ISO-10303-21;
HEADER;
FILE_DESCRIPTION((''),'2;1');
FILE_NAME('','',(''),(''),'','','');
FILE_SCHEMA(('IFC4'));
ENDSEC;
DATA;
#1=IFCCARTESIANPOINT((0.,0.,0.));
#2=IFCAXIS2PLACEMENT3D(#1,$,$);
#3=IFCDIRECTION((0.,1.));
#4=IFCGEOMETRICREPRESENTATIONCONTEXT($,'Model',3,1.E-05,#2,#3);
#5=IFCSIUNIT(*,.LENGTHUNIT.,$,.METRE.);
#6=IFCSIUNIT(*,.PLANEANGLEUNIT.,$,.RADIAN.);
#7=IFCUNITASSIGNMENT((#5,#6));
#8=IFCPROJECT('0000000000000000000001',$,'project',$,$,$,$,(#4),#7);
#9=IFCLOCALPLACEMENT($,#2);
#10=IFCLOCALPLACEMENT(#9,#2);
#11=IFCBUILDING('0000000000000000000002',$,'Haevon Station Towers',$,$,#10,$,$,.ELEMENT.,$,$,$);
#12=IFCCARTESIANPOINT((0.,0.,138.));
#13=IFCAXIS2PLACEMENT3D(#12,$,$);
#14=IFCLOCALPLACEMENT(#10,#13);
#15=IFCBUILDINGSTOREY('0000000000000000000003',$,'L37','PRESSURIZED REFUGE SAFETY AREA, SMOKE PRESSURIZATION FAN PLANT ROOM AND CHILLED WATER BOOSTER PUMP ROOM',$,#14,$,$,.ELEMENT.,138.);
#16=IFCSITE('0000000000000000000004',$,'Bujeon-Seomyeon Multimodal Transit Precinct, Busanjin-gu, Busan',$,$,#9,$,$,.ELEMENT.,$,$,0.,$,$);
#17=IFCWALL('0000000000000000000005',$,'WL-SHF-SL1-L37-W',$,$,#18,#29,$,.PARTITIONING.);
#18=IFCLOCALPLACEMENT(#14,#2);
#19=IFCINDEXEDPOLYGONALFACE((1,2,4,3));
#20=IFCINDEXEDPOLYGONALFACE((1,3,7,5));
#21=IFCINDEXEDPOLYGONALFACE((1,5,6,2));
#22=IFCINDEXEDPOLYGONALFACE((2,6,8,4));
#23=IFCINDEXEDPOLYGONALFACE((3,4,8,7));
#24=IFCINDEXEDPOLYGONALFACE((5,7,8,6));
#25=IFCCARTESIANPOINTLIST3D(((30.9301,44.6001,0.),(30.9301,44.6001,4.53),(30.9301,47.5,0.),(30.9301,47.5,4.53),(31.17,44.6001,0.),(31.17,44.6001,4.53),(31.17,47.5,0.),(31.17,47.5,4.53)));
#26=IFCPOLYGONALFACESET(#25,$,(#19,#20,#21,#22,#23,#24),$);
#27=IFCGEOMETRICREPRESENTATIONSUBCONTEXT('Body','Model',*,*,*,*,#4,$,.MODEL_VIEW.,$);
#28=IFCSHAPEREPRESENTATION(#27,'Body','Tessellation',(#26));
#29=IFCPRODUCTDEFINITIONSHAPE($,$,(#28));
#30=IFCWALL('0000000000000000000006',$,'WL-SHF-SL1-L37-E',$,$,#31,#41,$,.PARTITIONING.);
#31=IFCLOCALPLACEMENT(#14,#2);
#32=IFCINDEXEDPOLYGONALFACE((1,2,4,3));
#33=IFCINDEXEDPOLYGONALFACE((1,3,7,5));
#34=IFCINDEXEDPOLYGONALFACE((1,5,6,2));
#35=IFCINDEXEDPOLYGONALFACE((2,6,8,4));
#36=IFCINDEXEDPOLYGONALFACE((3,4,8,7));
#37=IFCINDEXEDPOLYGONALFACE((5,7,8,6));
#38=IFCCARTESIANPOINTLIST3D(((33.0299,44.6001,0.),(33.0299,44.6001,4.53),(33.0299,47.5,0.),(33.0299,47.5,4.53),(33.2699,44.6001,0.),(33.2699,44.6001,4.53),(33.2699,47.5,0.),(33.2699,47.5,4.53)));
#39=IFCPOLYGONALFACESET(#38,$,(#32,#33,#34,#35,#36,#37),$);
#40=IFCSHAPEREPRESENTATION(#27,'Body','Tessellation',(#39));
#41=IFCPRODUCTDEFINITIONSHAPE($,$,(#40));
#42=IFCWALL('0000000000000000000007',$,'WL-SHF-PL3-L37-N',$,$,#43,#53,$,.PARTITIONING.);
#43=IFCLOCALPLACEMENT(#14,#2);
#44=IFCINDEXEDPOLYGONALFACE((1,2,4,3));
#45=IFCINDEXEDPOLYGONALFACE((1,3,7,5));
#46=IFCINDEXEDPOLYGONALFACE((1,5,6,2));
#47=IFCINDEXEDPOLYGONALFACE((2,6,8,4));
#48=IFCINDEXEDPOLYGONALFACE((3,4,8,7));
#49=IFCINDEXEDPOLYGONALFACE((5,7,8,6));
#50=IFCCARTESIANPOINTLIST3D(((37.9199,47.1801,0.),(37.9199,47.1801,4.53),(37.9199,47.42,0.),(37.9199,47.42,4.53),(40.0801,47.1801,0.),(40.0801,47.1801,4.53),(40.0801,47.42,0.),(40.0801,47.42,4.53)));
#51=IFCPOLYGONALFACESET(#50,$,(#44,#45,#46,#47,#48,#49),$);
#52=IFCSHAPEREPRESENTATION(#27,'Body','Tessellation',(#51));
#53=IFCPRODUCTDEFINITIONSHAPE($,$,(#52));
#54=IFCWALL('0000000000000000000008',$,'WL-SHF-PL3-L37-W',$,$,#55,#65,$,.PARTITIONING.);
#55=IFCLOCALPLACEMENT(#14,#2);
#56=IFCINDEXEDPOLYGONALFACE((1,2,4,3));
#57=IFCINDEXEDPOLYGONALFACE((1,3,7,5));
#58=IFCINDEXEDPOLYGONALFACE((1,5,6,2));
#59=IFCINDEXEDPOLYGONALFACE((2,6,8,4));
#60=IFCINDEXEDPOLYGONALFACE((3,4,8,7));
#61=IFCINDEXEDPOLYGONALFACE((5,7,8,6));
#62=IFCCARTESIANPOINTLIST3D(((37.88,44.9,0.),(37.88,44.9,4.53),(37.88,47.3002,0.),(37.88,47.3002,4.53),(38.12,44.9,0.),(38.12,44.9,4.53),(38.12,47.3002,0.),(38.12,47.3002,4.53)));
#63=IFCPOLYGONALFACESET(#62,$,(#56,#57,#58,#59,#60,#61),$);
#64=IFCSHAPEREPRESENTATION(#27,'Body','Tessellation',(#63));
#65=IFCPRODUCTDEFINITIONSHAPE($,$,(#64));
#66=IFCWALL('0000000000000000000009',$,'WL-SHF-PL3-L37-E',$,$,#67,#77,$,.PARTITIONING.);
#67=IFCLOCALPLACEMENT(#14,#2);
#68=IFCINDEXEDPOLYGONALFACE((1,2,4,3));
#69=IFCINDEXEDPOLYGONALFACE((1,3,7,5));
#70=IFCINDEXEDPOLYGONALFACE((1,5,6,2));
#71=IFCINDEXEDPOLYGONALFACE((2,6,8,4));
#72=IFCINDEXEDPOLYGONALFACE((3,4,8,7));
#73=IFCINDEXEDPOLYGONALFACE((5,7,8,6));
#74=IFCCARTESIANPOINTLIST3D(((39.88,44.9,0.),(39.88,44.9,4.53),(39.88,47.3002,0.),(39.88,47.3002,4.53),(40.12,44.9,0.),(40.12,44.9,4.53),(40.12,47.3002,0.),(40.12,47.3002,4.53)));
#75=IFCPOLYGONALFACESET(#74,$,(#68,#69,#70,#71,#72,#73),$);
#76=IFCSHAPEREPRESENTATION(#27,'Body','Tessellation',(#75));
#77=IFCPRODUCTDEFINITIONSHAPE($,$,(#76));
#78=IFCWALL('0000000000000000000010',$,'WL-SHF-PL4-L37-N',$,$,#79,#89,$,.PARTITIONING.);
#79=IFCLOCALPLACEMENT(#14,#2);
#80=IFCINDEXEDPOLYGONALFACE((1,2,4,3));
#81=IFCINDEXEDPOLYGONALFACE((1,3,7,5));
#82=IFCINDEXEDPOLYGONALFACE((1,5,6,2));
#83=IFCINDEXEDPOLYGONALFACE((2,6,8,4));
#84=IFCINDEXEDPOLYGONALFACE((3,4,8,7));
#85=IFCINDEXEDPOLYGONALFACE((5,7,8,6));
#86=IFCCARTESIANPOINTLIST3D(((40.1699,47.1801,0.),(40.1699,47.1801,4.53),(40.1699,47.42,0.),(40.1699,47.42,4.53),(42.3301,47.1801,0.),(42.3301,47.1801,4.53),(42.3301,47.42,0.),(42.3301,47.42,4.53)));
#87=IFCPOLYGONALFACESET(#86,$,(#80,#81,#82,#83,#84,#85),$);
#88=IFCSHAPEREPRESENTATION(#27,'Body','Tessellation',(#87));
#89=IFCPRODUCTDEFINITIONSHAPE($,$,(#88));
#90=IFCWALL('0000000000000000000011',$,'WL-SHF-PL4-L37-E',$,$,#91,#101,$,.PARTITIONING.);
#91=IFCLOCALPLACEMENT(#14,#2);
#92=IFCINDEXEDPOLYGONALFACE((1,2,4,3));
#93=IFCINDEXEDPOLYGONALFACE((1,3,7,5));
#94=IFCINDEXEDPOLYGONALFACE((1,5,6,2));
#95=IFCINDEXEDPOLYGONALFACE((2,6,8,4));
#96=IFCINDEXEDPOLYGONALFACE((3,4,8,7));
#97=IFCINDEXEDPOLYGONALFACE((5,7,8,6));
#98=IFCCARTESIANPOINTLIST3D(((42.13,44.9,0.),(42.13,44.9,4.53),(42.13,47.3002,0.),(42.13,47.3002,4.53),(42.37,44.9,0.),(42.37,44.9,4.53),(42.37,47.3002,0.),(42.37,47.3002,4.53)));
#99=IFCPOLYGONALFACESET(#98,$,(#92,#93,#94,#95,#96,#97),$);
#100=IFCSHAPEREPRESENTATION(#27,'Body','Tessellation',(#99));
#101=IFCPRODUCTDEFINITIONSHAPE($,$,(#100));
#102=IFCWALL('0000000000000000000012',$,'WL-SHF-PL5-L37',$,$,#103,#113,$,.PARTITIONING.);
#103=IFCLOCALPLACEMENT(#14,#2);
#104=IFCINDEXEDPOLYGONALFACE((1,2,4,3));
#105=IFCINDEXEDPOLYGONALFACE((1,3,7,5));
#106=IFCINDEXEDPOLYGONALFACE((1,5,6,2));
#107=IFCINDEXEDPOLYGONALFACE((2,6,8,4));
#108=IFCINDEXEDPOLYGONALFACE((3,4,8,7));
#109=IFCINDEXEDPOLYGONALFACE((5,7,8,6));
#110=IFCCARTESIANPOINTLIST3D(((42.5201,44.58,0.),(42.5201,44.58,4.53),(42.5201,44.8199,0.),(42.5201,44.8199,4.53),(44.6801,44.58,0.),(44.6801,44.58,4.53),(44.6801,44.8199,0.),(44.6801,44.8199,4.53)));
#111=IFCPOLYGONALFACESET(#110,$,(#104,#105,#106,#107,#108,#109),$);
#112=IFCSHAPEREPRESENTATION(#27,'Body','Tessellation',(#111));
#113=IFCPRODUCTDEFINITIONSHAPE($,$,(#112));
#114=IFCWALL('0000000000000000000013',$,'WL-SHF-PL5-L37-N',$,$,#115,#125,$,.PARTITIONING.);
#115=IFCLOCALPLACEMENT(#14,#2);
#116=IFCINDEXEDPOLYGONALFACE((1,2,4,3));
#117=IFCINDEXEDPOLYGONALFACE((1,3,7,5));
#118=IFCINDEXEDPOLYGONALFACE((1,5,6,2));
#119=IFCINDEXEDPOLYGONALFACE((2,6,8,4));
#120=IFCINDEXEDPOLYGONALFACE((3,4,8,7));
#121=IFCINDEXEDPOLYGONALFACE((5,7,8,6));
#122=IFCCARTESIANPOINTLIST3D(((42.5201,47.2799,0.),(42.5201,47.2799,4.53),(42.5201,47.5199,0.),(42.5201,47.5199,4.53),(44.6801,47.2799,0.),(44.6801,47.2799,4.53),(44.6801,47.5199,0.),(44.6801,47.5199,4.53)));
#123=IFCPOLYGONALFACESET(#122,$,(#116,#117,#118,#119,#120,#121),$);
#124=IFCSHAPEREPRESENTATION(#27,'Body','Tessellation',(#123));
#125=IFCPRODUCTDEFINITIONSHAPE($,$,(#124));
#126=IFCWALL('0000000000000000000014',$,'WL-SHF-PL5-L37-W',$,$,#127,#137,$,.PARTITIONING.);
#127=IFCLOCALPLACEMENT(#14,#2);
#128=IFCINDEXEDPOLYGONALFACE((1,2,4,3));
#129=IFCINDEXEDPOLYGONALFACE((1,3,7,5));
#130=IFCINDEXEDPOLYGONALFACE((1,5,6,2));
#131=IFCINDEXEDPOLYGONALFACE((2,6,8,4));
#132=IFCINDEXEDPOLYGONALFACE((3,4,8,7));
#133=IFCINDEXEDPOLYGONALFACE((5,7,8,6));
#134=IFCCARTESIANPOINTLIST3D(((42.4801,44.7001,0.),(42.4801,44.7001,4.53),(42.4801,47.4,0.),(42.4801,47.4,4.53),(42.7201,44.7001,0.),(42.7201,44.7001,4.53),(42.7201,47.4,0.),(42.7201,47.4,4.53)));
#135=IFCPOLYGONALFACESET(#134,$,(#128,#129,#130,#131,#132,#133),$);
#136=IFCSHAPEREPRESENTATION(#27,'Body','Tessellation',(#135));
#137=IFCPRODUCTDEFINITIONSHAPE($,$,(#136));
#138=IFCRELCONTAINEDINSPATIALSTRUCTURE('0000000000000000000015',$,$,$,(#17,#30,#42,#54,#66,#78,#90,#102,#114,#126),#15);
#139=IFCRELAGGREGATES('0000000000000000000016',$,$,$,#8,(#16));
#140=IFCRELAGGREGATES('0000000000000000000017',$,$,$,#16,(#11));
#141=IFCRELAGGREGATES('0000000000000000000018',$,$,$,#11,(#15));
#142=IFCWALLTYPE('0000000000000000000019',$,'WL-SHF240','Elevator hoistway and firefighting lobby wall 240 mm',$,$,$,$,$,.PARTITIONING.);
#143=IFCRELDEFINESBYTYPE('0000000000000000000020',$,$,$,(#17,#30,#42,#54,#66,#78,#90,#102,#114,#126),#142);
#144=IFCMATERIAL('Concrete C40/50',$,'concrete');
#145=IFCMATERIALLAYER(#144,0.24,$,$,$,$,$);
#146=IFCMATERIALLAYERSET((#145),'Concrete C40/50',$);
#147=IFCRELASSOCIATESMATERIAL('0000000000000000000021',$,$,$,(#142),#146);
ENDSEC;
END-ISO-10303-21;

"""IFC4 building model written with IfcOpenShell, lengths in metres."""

from ifc_helpers import new_model, si_unit, direction, frame, frame_2d, origin, place, context, subcontext, project, spatial, rectangle, extrude, material, layer, layer_set, type_object, element, save


model = new_model("IFC4")

# Units and contexts
model_context = context("Model", 3, precision=1e-05, world=origin(), true_north=direction((0.0, 1.0)))
body_context = subcontext(model_context, "Body", "Model", "MODEL_VIEW")
ifc_project = project(units=[si_unit("LENGTHUNIT", "METRE"), si_unit("PLANEANGLEUNIT", "RADIAN")], contexts=[model_context])

# Site, building, storey
site_placement = place(None, origin())
site = spatial("IfcSite", under=ifc_project, at=site_placement, Name="Bujeon-Seomyeon Multimodal Transit Precinct, Busanjin-gu, Busan", CompositionType="ELEMENT", RefElevation=0.0)
building_placement = place(site_placement, origin())
building = spatial("IfcBuilding", under=site, at=building_placement, Name="Haevon Station Towers", CompositionType="ELEMENT")
storey_placement = place(building_placement, frame((0.0, 0.0, 138.0)))
storey = spatial("IfcBuildingStorey", under=building, at=storey_placement, Name="L37", Description="PRESSURIZED REFUGE SAFETY AREA, SMOKE PRESSURIZATION FAN PLANT ROOM AND CHILLED WATER BOOSTER PUMP ROOM", CompositionType="ELEMENT", Elevation=138.0)

# Shared definitions
ifc_material_1 = material(Name="Concrete C40/50", Category="concrete")
ifc_layer_1 = layer(ifc_material_1, 0.24)
ifc_layer_set_1 = layer_set([ifc_layer_1], Name="Concrete C40/50")
wall_type_1 = type_object("IfcWallType", Name="WL-SHF240", Description="Elevator hoistway and firefighting lobby wall 240 mm", PredefinedType="PARTITIONING", material=ifc_layer_set_1)

# Walls
for number, where, z_axis, x_axis, name in (
    (1, (31.05, 44.6001, 0.0), (0.0, 0.0, 1.0), (0.0, 1.0, 0.0), "WL-SHF-SL1-L37-W"),
    (2, (33.1499, 44.6001, 0.0), (0.0, 0.0, 1.0), (0.0, 1.0, 0.0), "WL-SHF-SL1-L37-E"),
):
    element("IfcWall", number, at=place(storey_placement, frame(where, z_axis=z_axis, x_axis=x_axis)), inside=storey, type_object=wall_type_1, Name=name, PredefinedType="PARTITIONING", context=body_context, shape_type="SweptSolid", body=[
        extrude(rectangle(XDim=2.8999, YDim=0.24, at=frame_2d((1.45, 0.0))), origin(), (0.0, 0.0, 1.0), 4.53),
    ])

# Walls
wall_1_placement = place(storey_placement, frame((37.9199, 47.3, 0.0), z_axis=(0.0, 0.0, 1.0), x_axis=(1.0, 0.0, 0.0)))
element("IfcWall", 3, at=wall_1_placement, inside=storey, type_object=wall_type_1, Name="WL-SHF-PL3-L37-N", PredefinedType="PARTITIONING", context=body_context, shape_type="SweptSolid", body=[
    extrude(rectangle(XDim=2.1602, YDim=0.24, at=frame_2d((1.0801, 0.0))), origin(), (0.0, 0.0, 1.0), 4.53),
])
for number, where, z_axis, x_axis, name in (
    (4, (38.0, 44.8999, 0.0), (0.0, 0.0, 1.0), (0.0, 1.0, 0.0), "WL-SHF-PL3-L37-W"),
    (5, (40.0, 44.8999, 0.0), (0.0, 0.0, 1.0), (0.0, 1.0, 0.0), "WL-SHF-PL3-L37-E"),
):
    element("IfcWall", number, at=place(storey_placement, frame(where, z_axis=z_axis, x_axis=x_axis)), inside=storey, type_object=wall_type_1, Name=name, PredefinedType="PARTITIONING", context=body_context, shape_type="SweptSolid", body=[
        extrude(rectangle(XDim=2.4001, YDim=0.24, at=frame_2d((1.2002, 0.0))), origin(), (0.0, 0.0, 1.0), 4.53),
    ])

# Walls
wall_2_placement = place(storey_placement, frame((40.1699, 47.3, 0.0), z_axis=(0.0, 0.0, 1.0), x_axis=(1.0, 0.0, 0.0)))
element("IfcWall", 6, at=wall_2_placement, inside=storey, type_object=wall_type_1, Name="WL-SHF-PL4-L37-N", PredefinedType="PARTITIONING", context=body_context, shape_type="SweptSolid", body=[
    extrude(rectangle(XDim=2.1602, YDim=0.24, at=frame_2d((1.0801, 0.0))), origin(), (0.0, 0.0, 1.0), 4.53),
])
wall_3_placement = place(storey_placement, frame((42.25, 44.8999, 0.0), z_axis=(0.0, 0.0, 1.0), x_axis=(0.0, 1.0, 0.0)))
element("IfcWall", 7, at=wall_3_placement, inside=storey, type_object=wall_type_1, Name="WL-SHF-PL4-L37-E", PredefinedType="PARTITIONING", context=body_context, shape_type="SweptSolid", body=[
    extrude(rectangle(XDim=2.4001, YDim=0.24, at=frame_2d((1.2002, 0.0))), origin(), (0.0, 0.0, 1.0), 4.53),
])
for number, where, z_axis, x_axis, name in (
    (8, (42.52, 44.7, 0.0), (0.0, 0.0, 1.0), (1.0, 0.0, 0.0), "WL-SHF-PL5-L37"),
    (9, (42.52, 47.3999, 0.0), (0.0, 0.0, 1.0), (1.0, 0.0, 0.0), "WL-SHF-PL5-L37-N"),
):
    element("IfcWall", number, at=place(storey_placement, frame(where, z_axis=z_axis, x_axis=x_axis)), inside=storey, type_object=wall_type_1, Name=name, PredefinedType="PARTITIONING", context=body_context, shape_type="SweptSolid", body=[
        extrude(rectangle(XDim=2.1599, YDim=0.24, at=frame_2d((1.0801, 0.0))), origin(), (0.0, 0.0, 1.0), 4.53),
    ])
wall_4_placement = place(storey_placement, frame((42.6001, 44.7, 0.0), z_axis=(0.0, 0.0, 1.0), x_axis=(0.0, 1.0, 0.0)))
element("IfcWall", 10, at=wall_4_placement, inside=storey, type_object=wall_type_1, Name="WL-SHF-PL5-L37-W", PredefinedType="PARTITIONING", context=body_context, shape_type="SweptSolid", body=[
    extrude(rectangle(XDim=2.7, YDim=0.24, at=frame_2d((1.3501, 0.0))), origin(), (0.0, 0.0, 1.0), 4.53),
])

save(model, "model.ifc")
